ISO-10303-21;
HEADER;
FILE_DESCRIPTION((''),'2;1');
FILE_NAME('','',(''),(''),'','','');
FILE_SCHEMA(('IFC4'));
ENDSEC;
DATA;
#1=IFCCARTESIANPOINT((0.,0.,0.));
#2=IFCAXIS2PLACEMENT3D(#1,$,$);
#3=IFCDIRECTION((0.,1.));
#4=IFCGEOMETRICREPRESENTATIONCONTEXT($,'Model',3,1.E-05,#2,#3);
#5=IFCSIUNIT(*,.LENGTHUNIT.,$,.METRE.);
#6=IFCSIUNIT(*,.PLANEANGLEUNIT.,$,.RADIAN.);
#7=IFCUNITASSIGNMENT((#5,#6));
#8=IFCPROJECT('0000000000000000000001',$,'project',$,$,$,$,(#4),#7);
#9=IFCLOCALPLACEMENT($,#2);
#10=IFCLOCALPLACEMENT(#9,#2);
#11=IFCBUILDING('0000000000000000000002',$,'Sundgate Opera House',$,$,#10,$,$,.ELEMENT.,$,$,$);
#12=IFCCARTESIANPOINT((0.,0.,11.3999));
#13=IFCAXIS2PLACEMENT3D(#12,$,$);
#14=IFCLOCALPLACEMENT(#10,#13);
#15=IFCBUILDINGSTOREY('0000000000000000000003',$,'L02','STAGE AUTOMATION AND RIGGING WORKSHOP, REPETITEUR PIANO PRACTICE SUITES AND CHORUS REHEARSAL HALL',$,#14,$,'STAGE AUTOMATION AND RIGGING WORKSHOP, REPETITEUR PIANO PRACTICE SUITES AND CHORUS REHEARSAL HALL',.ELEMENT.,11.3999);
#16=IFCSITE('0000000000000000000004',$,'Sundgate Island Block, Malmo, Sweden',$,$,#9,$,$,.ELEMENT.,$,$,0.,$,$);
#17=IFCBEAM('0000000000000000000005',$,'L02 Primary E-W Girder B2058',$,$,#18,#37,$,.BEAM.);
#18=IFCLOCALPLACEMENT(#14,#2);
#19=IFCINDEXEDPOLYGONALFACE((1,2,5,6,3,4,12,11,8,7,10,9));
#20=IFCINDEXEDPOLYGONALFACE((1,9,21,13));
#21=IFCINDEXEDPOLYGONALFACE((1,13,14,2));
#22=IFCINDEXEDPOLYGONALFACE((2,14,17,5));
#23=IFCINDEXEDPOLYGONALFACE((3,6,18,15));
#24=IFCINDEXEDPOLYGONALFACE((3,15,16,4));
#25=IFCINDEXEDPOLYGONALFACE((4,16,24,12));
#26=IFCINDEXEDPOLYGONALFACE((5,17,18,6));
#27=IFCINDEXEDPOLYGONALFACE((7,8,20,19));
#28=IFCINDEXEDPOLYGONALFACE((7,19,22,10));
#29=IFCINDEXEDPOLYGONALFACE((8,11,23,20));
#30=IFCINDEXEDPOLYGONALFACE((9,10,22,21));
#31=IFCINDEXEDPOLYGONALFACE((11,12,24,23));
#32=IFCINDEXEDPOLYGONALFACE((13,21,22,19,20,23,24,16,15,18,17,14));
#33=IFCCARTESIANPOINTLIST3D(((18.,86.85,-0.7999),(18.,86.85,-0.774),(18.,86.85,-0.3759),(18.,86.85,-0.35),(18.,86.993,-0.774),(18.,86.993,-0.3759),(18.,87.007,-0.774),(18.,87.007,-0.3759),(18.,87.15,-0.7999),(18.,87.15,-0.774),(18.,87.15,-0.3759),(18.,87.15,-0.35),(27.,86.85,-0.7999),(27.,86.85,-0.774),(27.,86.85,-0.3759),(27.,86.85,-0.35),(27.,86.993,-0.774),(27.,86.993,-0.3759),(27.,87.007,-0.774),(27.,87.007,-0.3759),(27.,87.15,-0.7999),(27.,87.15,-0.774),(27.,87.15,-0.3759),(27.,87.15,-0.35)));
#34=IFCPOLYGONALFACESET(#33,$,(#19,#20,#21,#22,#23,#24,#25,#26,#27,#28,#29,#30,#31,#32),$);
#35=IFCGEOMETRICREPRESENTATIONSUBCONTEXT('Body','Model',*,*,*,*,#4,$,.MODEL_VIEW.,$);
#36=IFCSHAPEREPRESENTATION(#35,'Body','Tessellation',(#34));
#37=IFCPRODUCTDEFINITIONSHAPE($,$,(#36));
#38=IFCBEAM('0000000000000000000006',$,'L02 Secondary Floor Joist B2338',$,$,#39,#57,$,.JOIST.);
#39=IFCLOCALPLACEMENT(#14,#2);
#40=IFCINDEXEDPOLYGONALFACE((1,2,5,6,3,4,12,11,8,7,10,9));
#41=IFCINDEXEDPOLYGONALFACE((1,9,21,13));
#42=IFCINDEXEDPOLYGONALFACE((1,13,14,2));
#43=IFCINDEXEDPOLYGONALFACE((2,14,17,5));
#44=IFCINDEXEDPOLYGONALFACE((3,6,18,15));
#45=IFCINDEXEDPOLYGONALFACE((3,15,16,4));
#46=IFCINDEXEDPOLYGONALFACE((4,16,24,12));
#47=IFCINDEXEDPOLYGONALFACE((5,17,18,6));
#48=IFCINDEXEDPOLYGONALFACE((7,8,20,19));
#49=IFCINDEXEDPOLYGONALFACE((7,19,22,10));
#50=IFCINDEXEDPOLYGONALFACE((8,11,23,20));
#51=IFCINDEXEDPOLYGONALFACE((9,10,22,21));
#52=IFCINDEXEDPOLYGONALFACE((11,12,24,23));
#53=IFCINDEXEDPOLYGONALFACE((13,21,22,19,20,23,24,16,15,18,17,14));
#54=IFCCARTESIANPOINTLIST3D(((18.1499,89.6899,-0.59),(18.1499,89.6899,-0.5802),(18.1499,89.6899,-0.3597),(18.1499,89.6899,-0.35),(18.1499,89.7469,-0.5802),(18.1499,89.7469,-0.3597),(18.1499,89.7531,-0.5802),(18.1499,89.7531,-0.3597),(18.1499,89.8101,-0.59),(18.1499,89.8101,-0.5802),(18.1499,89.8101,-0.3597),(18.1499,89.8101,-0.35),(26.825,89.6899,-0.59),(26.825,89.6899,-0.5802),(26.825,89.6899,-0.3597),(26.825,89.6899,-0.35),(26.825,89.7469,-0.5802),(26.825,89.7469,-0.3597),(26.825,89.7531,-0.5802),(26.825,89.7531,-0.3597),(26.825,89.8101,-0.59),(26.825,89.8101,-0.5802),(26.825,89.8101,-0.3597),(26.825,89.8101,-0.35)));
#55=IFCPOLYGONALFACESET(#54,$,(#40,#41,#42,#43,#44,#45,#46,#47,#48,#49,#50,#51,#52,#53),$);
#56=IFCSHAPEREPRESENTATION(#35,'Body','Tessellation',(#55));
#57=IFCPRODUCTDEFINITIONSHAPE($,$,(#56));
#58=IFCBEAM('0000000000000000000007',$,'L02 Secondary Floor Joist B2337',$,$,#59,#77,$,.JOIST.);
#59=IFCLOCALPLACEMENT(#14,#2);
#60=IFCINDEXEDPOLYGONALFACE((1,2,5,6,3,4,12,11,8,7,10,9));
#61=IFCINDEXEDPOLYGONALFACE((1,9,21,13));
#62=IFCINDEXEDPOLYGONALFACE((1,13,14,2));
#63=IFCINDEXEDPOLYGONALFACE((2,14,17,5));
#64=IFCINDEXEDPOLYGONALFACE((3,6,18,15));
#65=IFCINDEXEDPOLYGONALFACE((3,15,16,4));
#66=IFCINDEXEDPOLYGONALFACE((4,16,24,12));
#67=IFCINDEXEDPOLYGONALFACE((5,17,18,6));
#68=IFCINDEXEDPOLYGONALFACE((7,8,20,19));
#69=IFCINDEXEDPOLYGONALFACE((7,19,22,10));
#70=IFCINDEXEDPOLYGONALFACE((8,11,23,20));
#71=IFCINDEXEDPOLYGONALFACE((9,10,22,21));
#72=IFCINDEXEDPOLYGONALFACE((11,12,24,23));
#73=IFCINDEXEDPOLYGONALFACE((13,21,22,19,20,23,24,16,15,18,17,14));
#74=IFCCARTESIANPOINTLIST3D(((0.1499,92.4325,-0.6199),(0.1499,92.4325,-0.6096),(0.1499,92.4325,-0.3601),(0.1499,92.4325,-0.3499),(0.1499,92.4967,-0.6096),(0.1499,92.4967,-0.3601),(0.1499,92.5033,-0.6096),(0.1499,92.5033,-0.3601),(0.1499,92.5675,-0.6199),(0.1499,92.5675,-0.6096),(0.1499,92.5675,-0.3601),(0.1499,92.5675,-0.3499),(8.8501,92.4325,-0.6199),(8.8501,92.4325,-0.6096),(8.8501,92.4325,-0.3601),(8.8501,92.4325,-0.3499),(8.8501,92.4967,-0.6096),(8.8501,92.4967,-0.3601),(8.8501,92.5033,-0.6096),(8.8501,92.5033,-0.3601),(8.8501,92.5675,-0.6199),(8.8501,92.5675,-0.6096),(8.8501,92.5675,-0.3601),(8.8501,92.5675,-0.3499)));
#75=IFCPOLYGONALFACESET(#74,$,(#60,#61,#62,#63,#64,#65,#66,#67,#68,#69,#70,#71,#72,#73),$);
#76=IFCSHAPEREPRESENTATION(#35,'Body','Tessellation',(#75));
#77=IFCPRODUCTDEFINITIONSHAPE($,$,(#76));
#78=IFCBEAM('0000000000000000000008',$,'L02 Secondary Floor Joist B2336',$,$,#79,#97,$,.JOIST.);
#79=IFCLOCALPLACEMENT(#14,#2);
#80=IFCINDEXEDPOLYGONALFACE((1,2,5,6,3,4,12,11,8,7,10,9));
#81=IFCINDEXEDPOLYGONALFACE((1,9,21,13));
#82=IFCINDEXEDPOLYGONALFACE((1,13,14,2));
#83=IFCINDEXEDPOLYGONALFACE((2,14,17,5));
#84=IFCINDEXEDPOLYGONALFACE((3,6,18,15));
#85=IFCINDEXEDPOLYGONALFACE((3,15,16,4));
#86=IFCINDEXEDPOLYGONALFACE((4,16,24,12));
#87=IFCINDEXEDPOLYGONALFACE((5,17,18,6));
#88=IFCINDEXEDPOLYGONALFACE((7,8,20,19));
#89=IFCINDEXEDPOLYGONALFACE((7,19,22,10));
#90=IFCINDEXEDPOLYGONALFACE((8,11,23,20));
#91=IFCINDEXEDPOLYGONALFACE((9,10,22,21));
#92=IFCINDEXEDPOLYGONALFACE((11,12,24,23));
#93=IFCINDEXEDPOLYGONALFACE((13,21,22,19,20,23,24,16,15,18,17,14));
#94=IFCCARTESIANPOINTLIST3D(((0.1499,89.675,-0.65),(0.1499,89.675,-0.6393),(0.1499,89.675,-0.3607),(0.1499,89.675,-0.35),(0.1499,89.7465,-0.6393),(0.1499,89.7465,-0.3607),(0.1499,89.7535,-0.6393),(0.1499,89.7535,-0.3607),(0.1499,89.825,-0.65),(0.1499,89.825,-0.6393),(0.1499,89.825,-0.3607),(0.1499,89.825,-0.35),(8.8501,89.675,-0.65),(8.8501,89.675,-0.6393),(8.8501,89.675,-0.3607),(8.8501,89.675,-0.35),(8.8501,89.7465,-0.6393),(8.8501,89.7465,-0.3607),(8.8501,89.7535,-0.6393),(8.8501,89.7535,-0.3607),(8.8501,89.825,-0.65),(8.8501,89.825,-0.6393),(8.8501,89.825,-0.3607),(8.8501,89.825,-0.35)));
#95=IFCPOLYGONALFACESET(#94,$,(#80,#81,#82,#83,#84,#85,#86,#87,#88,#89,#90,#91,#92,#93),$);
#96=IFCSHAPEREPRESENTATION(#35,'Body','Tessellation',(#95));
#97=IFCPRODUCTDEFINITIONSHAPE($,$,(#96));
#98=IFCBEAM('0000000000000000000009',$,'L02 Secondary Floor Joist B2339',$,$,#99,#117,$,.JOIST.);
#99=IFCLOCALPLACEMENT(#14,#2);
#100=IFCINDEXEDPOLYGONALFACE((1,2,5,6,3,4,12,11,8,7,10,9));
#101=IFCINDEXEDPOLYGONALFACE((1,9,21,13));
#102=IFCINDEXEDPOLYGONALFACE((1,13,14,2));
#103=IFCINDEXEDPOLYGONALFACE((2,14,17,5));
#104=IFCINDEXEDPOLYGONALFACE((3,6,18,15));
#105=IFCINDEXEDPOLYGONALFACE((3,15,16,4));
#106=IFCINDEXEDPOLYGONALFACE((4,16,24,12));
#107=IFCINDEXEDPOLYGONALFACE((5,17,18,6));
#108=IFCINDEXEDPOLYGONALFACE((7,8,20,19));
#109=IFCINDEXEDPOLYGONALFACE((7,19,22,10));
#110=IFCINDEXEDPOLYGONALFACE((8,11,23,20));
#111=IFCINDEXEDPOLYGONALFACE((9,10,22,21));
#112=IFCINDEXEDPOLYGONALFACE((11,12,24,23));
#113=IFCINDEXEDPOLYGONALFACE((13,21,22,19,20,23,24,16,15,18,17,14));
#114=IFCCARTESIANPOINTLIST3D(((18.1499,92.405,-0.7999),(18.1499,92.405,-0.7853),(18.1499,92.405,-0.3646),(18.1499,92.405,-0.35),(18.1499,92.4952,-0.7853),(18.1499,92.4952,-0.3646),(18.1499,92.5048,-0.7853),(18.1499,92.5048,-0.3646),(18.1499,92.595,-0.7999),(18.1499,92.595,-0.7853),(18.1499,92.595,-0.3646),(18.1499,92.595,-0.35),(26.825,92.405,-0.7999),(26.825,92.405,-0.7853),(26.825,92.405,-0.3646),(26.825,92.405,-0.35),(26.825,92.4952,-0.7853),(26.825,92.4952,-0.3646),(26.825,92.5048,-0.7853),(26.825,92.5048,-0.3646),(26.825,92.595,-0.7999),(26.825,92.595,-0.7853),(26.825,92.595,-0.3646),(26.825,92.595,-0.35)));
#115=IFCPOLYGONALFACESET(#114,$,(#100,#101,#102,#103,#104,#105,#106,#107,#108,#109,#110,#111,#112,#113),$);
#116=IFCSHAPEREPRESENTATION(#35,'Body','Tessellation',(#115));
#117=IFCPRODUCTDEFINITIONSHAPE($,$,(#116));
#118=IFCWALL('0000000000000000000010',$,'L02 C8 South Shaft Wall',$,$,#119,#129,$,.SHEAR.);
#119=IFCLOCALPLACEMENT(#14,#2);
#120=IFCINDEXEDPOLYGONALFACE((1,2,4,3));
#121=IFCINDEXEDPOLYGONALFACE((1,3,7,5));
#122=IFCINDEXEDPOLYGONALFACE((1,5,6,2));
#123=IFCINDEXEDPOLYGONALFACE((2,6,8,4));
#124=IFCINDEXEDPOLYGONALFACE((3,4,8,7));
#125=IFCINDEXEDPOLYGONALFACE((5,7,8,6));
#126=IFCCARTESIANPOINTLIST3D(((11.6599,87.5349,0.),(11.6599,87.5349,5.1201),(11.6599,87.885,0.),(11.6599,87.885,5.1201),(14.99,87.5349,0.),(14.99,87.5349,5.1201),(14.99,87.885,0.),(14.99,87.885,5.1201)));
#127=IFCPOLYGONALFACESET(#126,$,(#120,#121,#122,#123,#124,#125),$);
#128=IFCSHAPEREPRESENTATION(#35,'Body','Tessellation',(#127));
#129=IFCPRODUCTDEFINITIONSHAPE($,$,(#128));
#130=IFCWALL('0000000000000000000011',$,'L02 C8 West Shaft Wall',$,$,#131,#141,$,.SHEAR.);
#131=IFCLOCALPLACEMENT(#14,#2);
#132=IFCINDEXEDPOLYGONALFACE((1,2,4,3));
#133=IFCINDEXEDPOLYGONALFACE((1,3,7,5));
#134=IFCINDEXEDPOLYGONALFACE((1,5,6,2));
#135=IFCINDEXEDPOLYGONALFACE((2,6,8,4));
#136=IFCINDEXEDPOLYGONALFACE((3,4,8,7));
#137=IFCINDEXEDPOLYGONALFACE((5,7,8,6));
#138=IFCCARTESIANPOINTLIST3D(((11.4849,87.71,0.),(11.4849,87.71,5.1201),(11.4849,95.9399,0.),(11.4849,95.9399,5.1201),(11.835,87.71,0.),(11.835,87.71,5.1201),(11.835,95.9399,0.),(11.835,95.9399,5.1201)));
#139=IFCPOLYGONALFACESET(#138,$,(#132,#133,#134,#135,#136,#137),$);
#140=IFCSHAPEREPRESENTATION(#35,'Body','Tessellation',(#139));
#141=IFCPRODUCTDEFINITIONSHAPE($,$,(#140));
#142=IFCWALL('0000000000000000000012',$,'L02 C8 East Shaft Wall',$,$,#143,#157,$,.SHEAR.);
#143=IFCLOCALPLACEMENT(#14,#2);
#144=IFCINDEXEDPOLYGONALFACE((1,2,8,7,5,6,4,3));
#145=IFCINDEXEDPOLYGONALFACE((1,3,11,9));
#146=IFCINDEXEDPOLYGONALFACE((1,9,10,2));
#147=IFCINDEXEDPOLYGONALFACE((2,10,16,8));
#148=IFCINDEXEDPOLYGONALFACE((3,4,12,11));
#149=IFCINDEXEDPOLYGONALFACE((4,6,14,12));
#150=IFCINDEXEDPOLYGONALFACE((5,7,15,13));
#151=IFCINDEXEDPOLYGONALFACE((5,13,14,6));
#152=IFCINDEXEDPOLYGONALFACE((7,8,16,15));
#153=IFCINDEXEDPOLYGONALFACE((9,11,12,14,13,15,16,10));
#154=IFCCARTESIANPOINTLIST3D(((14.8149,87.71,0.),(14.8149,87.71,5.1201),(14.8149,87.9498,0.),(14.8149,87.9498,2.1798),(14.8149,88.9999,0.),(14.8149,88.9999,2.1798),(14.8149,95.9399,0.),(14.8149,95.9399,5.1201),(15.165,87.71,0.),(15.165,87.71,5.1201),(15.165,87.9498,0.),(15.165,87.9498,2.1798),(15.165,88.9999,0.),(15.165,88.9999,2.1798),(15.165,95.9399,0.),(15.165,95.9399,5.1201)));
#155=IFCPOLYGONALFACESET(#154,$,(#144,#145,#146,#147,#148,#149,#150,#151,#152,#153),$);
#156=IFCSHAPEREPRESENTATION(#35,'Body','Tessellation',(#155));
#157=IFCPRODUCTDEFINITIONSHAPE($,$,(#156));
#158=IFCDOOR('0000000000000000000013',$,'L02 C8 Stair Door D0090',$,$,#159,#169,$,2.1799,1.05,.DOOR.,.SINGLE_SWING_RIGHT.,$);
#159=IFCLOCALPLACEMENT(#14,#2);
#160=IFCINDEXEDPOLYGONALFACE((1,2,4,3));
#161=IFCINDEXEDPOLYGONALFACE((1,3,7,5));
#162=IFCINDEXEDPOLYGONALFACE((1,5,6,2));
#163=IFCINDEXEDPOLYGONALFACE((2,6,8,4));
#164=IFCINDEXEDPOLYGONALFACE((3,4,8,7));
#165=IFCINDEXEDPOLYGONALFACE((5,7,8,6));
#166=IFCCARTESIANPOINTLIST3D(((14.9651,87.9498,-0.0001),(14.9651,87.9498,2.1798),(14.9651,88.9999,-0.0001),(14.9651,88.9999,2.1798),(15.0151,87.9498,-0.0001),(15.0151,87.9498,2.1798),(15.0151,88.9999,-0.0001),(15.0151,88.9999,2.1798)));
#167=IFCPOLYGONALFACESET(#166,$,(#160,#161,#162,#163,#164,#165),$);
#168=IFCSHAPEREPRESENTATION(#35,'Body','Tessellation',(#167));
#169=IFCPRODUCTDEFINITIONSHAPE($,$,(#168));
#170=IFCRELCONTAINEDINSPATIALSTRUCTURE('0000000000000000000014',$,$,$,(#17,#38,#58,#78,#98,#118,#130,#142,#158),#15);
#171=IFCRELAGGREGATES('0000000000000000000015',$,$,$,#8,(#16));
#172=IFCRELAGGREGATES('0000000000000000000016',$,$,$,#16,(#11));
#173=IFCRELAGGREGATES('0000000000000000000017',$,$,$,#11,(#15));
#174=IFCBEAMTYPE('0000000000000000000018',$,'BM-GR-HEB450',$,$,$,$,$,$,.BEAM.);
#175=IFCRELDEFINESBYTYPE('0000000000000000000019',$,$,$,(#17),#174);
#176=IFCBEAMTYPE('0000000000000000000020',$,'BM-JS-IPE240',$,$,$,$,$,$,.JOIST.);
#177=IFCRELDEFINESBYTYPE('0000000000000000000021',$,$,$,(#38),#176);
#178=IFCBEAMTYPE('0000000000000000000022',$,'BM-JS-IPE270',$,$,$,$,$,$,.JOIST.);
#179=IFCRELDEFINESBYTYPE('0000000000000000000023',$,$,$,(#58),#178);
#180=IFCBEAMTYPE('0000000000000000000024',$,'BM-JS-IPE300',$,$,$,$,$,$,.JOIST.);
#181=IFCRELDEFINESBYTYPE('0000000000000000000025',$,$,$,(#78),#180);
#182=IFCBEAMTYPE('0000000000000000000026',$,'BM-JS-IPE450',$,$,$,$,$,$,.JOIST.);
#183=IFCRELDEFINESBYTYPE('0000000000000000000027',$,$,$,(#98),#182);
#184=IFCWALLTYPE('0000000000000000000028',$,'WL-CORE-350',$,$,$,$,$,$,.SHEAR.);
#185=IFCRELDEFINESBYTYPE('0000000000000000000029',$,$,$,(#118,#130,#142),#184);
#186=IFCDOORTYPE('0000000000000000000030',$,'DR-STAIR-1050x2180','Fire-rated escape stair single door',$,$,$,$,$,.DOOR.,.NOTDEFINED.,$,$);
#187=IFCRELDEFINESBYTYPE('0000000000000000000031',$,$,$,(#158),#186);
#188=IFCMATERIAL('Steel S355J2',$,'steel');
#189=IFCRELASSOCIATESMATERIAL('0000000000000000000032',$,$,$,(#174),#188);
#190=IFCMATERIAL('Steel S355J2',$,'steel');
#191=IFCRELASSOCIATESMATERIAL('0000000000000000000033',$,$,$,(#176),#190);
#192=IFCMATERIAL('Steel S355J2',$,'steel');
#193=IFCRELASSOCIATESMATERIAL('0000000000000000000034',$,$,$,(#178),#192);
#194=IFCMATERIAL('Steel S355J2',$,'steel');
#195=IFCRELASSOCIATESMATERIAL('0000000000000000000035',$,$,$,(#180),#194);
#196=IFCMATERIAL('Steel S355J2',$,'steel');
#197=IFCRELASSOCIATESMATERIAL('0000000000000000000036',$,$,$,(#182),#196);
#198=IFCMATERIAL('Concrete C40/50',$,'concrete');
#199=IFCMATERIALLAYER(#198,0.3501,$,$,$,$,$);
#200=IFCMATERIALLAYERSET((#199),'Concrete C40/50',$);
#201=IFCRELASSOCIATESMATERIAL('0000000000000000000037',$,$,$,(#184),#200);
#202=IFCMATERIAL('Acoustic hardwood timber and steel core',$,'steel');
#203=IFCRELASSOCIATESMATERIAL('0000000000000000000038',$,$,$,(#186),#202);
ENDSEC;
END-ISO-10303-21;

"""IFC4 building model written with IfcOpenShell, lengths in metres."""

from ifc_helpers import new_model, si_unit, direction, frame, frame_2d, origin, origin_2d, place, context, subcontext, project, spatial, rectangle, i_section, extrude, material, layer, layer_set, material_profile, profile_set, type_object, element, fill, save


model = new_model("IFC4")

# Units and contexts
model_context = context("Model", 3, precision=1e-05, world=origin(), true_north=direction((0.0, 1.0)))
body_context = subcontext(model_context, "Body", "Model", "MODEL_VIEW")
ifc_project = project(units=[si_unit("LENGTHUNIT", "METRE"), si_unit("PLANEANGLEUNIT", "RADIAN")], contexts=[model_context])

# Site, building, storey
site_placement = place(None, origin())
site = spatial("IfcSite", under=ifc_project, at=site_placement, Name="Sundgate Island Block, Malmo, Sweden", CompositionType="ELEMENT", RefElevation=0.0)
building_placement = place(site_placement, origin())
building = spatial("IfcBuilding", under=site, at=building_placement, Name="Sundgate Opera House", CompositionType="ELEMENT")
storey_placement = place(building_placement, frame((0.0, 0.0, 11.3999)))
storey = spatial("IfcBuildingStorey", under=building, at=storey_placement, Name="L02", Description="STAGE AUTOMATION AND RIGGING WORKSHOP, REPETITEUR PIANO PRACTICE SUITES AND CHORUS REHEARSAL HALL", LongName="STAGE AUTOMATION AND RIGGING WORKSHOP, REPETITEUR PIANO PRACTICE SUITES AND CHORUS REHEARSAL HALL", CompositionType="ELEMENT", Elevation=11.3999)

# Beams
ifc_material_1 = material(Name="Steel S355J2", Category="steel")
ifc_material_profile_1 = material_profile(ifc_material_1, i_section(OverallWidth=0.3, OverallDepth=0.45, WebThickness=0.0139, FlangeThickness=0.0259, at=origin_2d()), Name="HEB 450")
ifc_profile_set_1 = profile_set([ifc_material_profile_1], Name="Steel S355J2")
beam_type_1 = type_object("IfcBeamType", Name="BM-GR-HEB450", PredefinedType="BEAM", material=ifc_profile_set_1)
beam_1_placement = place(storey_placement, frame((18.0, 87.0, -0.575), z_axis=(1.0, 0.0, 0.0), x_axis=(0.0, 1.0, 0.0)))
element("IfcBeam", 1, at=beam_1_placement, inside=storey, type_object=beam_type_1, Name="L02 Primary E-W Girder B2058", PredefinedType="BEAM", context=body_context, shape_type="SweptSolid", body=[
    extrude(i_section(OverallWidth=0.3, OverallDepth=0.45, WebThickness=0.0139, FlangeThickness=0.0259, at=origin_2d()), origin(), (0.0, 0.0, 1.0), 9.0),
])
ifc_material_2 = material(Name="Steel S355J2", Category="steel")
ifc_material_profile_2 = material_profile(ifc_material_2, i_section(OverallWidth=0.1201, OverallDepth=0.24, WebThickness=0.0061, FlangeThickness=0.0098, at=origin_2d()), Name="IPE 240")
ifc_profile_set_2 = profile_set([ifc_material_profile_2], Name="Steel S355J2")
beam_type_2 = type_object("IfcBeamType", Name="BM-JS-IPE240", PredefinedType="JOIST", material=ifc_profile_set_2)
beam_2_placement = place(storey_placement, frame((18.1499, 89.75, -0.47), z_axis=(1.0, 0.0, 0.0), x_axis=(0.0, 1.0, 0.0)))
element("IfcBeam", 2, at=beam_2_placement, inside=storey, type_object=beam_type_2, Name="L02 Secondary Floor Joist B2338", PredefinedType="JOIST", context=body_context, shape_type="SweptSolid", body=[
    extrude(i_section(OverallWidth=0.1201, OverallDepth=0.24, WebThickness=0.0061, FlangeThickness=0.0098, at=origin_2d()), origin(), (0.0, 0.0, 1.0), 8.675),
])
ifc_material_3 = material(Name="Steel S355J2", Category="steel")
ifc_material_profile_3 = material_profile(ifc_material_3, i_section(OverallWidth=0.135, OverallDepth=0.27, WebThickness=0.0066, FlangeThickness=0.0103, at=origin_2d()), Name="IPE 270")
ifc_profile_set_3 = profile_set([ifc_material_profile_3], Name="Steel S355J2")
beam_type_3 = type_object("IfcBeamType", Name="BM-JS-IPE270", PredefinedType="JOIST", material=ifc_profile_set_3)
beam_3_placement = place(storey_placement, frame((0.1499, 92.5, -0.4849), z_axis=(1.0, 0.0, 0.0), x_axis=(0.0, 1.0, 0.0)))
element("IfcBeam", 3, at=beam_3_placement, inside=storey, type_object=beam_type_3, Name="L02 Secondary Floor Joist B2337", PredefinedType="JOIST", context=body_context, shape_type="SweptSolid", body=[
    extrude(i_section(OverallWidth=0.135, OverallDepth=0.27, WebThickness=0.0066, FlangeThickness=0.0103, at=origin_2d()), origin(), (0.0, 0.0, 1.0), 8.7002),
])
ifc_material_4 = material(Name="Steel S355J2", Category="steel")
ifc_material_profile_4 = material_profile(ifc_material_4, i_section(OverallWidth=0.1499, OverallDepth=0.3, WebThickness=0.0071, FlangeThickness=0.0107, at=origin_2d()), Name="IPE 300")
ifc_profile_set_4 = profile_set([ifc_material_profile_4], Name="Steel S355J2")
beam_type_4 = type_object("IfcBeamType", Name="BM-JS-IPE300", PredefinedType="JOIST", material=ifc_profile_set_4)
beam_4_placement = place(storey_placement, frame((0.1499, 89.75, -0.5), z_axis=(1.0, 0.0, 0.0), x_axis=(0.0, 1.0, 0.0)))
element("IfcBeam", 4, at=beam_4_placement, inside=storey, type_object=beam_type_4, Name="L02 Secondary Floor Joist B2336", PredefinedType="JOIST", context=body_context, shape_type="SweptSolid", body=[
    extrude(i_section(OverallWidth=0.1499, OverallDepth=0.3, WebThickness=0.0071, FlangeThickness=0.0107, at=origin_2d()), origin(), (0.0, 0.0, 1.0), 8.7002),
])
ifc_material_5 = material(Name="Steel S355J2", Category="steel")
ifc_material_profile_5 = material_profile(ifc_material_5, i_section(OverallWidth=0.1899, OverallDepth=0.45, WebThickness=0.0095, FlangeThickness=0.0146, at=origin_2d()), Name="IPE 450")
ifc_profile_set_5 = profile_set([ifc_material_profile_5], Name="Steel S355J2")
beam_type_5 = type_object("IfcBeamType", Name="BM-JS-IPE450", PredefinedType="JOIST", material=ifc_profile_set_5)
beam_5_placement = place(storey_placement, frame((18.1499, 92.5, -0.575), z_axis=(1.0, 0.0, 0.0), x_axis=(0.0, 1.0, 0.0)))
element("IfcBeam", 5, at=beam_5_placement, inside=storey, type_object=beam_type_5, Name="L02 Secondary Floor Joist B2339", PredefinedType="JOIST", context=body_context, shape_type="SweptSolid", body=[
    extrude(i_section(OverallWidth=0.1899, OverallDepth=0.45, WebThickness=0.0095, FlangeThickness=0.0146, at=origin_2d()), origin(), (0.0, 0.0, 1.0), 8.675),
])

# Walls
ifc_material_6 = material(Name="Concrete C40/50", Category="concrete")
ifc_layer_1 = layer(ifc_material_6, 0.3501)
ifc_layer_set_1 = layer_set([ifc_layer_1], Name="Concrete C40/50")
wall_type_1 = type_object("IfcWallType", Name="WL-CORE-350", PredefinedType="SHEAR", material=ifc_layer_set_1)
wall_1_placement = place(storey_placement, frame((11.6599, 87.71, 0.0), z_axis=(0.0, 0.0, 1.0), x_axis=(1.0, 0.0, 0.0)))
element("IfcWall", 6, at=wall_1_placement, inside=storey, type_object=wall_type_1, Name="L02 C8 South Shaft Wall", PredefinedType="SHEAR", context=body_context, shape_type="SweptSolid", body=[
    extrude(rectangle(XDim=3.3301, YDim=0.3501, at=frame_2d((1.665, 0.0))), origin(), (0.0, 0.0, 1.0), 5.1201),
])
wall_2_placement = place(storey_placement, frame((11.6599, 87.71, 0.0), z_axis=(0.0, 0.0, 1.0), x_axis=(0.0, 1.0, 0.0)))
element("IfcWall", 7, at=wall_2_placement, inside=storey, type_object=wall_type_1, Name="L02 C8 West Shaft Wall", PredefinedType="SHEAR", context=body_context, shape_type="SweptSolid", body=[
    extrude(rectangle(XDim=8.23, YDim=0.3501, at=frame_2d((4.115, 0.0))), origin(), (0.0, 0.0, 1.0), 5.1201),
])

# Wall, opening, door
wall_3_placement = place(storey_placement, frame((14.99, 87.71, 0.0), z_axis=(0.0, 0.0, 1.0), x_axis=(0.0, 1.0, 0.0)))
wall_3 = element("IfcWall", 8, at=wall_3_placement, inside=storey, type_object=wall_type_1, Name="L02 C8 East Shaft Wall", PredefinedType="SHEAR", context=body_context, shape_type="SweptSolid", body=[
    extrude(rectangle(XDim=8.23, YDim=0.3501, at=frame_2d((4.115, 0.0))), origin(), (0.0, 0.0, 1.0), 5.1201),
])
opening_1_placement = place(wall_3_placement, frame((0.24, 0.0, 0.0)))
opening_1 = element("IfcOpeningElement", 9, at=opening_1_placement, cuts=wall_3, PredefinedType="OPENING", context=body_context, shape_type="SweptSolid", body=[
    extrude(rectangle(XDim=1.05, YDim=2.1799, at=frame_2d((0.5249, 1.0898))), frame((0.0, 0.1851, 0.0), z_axis=(0.0, -1.0, 0.0), x_axis=(1.0, 0.0, 0.0)), (0.0, 0.0, 1.0), 0.3701),
])
ifc_material_7 = material(Name="Acoustic hardwood timber and steel core", Category="steel")
door_type_1 = type_object("IfcDoorType", Name="DR-STAIR-1050x2180", Description="Fire-rated escape stair single door", OperationType="NOTDEFINED", PredefinedType="DOOR", material=ifc_material_7)
door_1_placement = place(opening_1_placement, origin())
door_1 = element("IfcDoor", 10, at=door_1_placement, inside=storey, type_object=door_type_1, Name="L02 C8 Stair Door D0090", OperationType="SINGLE_SWING_RIGHT", OverallHeight=2.1799, OverallWidth=1.05, PredefinedType="DOOR", context=body_context, shape_type="SweptSolid", body=[
    extrude(rectangle(XDim=1.05, YDim=2.1799, at=frame_2d((0.5249, 1.0898))), frame((0.0, 0.0249, 0.0), z_axis=(0.0, -1.0, 0.0), x_axis=(1.0, 0.0, 0.0)), (0.0, 0.0, 1.0), 0.05),
])
fill(opening_1, door_1)

save(model, "model.ifc")
